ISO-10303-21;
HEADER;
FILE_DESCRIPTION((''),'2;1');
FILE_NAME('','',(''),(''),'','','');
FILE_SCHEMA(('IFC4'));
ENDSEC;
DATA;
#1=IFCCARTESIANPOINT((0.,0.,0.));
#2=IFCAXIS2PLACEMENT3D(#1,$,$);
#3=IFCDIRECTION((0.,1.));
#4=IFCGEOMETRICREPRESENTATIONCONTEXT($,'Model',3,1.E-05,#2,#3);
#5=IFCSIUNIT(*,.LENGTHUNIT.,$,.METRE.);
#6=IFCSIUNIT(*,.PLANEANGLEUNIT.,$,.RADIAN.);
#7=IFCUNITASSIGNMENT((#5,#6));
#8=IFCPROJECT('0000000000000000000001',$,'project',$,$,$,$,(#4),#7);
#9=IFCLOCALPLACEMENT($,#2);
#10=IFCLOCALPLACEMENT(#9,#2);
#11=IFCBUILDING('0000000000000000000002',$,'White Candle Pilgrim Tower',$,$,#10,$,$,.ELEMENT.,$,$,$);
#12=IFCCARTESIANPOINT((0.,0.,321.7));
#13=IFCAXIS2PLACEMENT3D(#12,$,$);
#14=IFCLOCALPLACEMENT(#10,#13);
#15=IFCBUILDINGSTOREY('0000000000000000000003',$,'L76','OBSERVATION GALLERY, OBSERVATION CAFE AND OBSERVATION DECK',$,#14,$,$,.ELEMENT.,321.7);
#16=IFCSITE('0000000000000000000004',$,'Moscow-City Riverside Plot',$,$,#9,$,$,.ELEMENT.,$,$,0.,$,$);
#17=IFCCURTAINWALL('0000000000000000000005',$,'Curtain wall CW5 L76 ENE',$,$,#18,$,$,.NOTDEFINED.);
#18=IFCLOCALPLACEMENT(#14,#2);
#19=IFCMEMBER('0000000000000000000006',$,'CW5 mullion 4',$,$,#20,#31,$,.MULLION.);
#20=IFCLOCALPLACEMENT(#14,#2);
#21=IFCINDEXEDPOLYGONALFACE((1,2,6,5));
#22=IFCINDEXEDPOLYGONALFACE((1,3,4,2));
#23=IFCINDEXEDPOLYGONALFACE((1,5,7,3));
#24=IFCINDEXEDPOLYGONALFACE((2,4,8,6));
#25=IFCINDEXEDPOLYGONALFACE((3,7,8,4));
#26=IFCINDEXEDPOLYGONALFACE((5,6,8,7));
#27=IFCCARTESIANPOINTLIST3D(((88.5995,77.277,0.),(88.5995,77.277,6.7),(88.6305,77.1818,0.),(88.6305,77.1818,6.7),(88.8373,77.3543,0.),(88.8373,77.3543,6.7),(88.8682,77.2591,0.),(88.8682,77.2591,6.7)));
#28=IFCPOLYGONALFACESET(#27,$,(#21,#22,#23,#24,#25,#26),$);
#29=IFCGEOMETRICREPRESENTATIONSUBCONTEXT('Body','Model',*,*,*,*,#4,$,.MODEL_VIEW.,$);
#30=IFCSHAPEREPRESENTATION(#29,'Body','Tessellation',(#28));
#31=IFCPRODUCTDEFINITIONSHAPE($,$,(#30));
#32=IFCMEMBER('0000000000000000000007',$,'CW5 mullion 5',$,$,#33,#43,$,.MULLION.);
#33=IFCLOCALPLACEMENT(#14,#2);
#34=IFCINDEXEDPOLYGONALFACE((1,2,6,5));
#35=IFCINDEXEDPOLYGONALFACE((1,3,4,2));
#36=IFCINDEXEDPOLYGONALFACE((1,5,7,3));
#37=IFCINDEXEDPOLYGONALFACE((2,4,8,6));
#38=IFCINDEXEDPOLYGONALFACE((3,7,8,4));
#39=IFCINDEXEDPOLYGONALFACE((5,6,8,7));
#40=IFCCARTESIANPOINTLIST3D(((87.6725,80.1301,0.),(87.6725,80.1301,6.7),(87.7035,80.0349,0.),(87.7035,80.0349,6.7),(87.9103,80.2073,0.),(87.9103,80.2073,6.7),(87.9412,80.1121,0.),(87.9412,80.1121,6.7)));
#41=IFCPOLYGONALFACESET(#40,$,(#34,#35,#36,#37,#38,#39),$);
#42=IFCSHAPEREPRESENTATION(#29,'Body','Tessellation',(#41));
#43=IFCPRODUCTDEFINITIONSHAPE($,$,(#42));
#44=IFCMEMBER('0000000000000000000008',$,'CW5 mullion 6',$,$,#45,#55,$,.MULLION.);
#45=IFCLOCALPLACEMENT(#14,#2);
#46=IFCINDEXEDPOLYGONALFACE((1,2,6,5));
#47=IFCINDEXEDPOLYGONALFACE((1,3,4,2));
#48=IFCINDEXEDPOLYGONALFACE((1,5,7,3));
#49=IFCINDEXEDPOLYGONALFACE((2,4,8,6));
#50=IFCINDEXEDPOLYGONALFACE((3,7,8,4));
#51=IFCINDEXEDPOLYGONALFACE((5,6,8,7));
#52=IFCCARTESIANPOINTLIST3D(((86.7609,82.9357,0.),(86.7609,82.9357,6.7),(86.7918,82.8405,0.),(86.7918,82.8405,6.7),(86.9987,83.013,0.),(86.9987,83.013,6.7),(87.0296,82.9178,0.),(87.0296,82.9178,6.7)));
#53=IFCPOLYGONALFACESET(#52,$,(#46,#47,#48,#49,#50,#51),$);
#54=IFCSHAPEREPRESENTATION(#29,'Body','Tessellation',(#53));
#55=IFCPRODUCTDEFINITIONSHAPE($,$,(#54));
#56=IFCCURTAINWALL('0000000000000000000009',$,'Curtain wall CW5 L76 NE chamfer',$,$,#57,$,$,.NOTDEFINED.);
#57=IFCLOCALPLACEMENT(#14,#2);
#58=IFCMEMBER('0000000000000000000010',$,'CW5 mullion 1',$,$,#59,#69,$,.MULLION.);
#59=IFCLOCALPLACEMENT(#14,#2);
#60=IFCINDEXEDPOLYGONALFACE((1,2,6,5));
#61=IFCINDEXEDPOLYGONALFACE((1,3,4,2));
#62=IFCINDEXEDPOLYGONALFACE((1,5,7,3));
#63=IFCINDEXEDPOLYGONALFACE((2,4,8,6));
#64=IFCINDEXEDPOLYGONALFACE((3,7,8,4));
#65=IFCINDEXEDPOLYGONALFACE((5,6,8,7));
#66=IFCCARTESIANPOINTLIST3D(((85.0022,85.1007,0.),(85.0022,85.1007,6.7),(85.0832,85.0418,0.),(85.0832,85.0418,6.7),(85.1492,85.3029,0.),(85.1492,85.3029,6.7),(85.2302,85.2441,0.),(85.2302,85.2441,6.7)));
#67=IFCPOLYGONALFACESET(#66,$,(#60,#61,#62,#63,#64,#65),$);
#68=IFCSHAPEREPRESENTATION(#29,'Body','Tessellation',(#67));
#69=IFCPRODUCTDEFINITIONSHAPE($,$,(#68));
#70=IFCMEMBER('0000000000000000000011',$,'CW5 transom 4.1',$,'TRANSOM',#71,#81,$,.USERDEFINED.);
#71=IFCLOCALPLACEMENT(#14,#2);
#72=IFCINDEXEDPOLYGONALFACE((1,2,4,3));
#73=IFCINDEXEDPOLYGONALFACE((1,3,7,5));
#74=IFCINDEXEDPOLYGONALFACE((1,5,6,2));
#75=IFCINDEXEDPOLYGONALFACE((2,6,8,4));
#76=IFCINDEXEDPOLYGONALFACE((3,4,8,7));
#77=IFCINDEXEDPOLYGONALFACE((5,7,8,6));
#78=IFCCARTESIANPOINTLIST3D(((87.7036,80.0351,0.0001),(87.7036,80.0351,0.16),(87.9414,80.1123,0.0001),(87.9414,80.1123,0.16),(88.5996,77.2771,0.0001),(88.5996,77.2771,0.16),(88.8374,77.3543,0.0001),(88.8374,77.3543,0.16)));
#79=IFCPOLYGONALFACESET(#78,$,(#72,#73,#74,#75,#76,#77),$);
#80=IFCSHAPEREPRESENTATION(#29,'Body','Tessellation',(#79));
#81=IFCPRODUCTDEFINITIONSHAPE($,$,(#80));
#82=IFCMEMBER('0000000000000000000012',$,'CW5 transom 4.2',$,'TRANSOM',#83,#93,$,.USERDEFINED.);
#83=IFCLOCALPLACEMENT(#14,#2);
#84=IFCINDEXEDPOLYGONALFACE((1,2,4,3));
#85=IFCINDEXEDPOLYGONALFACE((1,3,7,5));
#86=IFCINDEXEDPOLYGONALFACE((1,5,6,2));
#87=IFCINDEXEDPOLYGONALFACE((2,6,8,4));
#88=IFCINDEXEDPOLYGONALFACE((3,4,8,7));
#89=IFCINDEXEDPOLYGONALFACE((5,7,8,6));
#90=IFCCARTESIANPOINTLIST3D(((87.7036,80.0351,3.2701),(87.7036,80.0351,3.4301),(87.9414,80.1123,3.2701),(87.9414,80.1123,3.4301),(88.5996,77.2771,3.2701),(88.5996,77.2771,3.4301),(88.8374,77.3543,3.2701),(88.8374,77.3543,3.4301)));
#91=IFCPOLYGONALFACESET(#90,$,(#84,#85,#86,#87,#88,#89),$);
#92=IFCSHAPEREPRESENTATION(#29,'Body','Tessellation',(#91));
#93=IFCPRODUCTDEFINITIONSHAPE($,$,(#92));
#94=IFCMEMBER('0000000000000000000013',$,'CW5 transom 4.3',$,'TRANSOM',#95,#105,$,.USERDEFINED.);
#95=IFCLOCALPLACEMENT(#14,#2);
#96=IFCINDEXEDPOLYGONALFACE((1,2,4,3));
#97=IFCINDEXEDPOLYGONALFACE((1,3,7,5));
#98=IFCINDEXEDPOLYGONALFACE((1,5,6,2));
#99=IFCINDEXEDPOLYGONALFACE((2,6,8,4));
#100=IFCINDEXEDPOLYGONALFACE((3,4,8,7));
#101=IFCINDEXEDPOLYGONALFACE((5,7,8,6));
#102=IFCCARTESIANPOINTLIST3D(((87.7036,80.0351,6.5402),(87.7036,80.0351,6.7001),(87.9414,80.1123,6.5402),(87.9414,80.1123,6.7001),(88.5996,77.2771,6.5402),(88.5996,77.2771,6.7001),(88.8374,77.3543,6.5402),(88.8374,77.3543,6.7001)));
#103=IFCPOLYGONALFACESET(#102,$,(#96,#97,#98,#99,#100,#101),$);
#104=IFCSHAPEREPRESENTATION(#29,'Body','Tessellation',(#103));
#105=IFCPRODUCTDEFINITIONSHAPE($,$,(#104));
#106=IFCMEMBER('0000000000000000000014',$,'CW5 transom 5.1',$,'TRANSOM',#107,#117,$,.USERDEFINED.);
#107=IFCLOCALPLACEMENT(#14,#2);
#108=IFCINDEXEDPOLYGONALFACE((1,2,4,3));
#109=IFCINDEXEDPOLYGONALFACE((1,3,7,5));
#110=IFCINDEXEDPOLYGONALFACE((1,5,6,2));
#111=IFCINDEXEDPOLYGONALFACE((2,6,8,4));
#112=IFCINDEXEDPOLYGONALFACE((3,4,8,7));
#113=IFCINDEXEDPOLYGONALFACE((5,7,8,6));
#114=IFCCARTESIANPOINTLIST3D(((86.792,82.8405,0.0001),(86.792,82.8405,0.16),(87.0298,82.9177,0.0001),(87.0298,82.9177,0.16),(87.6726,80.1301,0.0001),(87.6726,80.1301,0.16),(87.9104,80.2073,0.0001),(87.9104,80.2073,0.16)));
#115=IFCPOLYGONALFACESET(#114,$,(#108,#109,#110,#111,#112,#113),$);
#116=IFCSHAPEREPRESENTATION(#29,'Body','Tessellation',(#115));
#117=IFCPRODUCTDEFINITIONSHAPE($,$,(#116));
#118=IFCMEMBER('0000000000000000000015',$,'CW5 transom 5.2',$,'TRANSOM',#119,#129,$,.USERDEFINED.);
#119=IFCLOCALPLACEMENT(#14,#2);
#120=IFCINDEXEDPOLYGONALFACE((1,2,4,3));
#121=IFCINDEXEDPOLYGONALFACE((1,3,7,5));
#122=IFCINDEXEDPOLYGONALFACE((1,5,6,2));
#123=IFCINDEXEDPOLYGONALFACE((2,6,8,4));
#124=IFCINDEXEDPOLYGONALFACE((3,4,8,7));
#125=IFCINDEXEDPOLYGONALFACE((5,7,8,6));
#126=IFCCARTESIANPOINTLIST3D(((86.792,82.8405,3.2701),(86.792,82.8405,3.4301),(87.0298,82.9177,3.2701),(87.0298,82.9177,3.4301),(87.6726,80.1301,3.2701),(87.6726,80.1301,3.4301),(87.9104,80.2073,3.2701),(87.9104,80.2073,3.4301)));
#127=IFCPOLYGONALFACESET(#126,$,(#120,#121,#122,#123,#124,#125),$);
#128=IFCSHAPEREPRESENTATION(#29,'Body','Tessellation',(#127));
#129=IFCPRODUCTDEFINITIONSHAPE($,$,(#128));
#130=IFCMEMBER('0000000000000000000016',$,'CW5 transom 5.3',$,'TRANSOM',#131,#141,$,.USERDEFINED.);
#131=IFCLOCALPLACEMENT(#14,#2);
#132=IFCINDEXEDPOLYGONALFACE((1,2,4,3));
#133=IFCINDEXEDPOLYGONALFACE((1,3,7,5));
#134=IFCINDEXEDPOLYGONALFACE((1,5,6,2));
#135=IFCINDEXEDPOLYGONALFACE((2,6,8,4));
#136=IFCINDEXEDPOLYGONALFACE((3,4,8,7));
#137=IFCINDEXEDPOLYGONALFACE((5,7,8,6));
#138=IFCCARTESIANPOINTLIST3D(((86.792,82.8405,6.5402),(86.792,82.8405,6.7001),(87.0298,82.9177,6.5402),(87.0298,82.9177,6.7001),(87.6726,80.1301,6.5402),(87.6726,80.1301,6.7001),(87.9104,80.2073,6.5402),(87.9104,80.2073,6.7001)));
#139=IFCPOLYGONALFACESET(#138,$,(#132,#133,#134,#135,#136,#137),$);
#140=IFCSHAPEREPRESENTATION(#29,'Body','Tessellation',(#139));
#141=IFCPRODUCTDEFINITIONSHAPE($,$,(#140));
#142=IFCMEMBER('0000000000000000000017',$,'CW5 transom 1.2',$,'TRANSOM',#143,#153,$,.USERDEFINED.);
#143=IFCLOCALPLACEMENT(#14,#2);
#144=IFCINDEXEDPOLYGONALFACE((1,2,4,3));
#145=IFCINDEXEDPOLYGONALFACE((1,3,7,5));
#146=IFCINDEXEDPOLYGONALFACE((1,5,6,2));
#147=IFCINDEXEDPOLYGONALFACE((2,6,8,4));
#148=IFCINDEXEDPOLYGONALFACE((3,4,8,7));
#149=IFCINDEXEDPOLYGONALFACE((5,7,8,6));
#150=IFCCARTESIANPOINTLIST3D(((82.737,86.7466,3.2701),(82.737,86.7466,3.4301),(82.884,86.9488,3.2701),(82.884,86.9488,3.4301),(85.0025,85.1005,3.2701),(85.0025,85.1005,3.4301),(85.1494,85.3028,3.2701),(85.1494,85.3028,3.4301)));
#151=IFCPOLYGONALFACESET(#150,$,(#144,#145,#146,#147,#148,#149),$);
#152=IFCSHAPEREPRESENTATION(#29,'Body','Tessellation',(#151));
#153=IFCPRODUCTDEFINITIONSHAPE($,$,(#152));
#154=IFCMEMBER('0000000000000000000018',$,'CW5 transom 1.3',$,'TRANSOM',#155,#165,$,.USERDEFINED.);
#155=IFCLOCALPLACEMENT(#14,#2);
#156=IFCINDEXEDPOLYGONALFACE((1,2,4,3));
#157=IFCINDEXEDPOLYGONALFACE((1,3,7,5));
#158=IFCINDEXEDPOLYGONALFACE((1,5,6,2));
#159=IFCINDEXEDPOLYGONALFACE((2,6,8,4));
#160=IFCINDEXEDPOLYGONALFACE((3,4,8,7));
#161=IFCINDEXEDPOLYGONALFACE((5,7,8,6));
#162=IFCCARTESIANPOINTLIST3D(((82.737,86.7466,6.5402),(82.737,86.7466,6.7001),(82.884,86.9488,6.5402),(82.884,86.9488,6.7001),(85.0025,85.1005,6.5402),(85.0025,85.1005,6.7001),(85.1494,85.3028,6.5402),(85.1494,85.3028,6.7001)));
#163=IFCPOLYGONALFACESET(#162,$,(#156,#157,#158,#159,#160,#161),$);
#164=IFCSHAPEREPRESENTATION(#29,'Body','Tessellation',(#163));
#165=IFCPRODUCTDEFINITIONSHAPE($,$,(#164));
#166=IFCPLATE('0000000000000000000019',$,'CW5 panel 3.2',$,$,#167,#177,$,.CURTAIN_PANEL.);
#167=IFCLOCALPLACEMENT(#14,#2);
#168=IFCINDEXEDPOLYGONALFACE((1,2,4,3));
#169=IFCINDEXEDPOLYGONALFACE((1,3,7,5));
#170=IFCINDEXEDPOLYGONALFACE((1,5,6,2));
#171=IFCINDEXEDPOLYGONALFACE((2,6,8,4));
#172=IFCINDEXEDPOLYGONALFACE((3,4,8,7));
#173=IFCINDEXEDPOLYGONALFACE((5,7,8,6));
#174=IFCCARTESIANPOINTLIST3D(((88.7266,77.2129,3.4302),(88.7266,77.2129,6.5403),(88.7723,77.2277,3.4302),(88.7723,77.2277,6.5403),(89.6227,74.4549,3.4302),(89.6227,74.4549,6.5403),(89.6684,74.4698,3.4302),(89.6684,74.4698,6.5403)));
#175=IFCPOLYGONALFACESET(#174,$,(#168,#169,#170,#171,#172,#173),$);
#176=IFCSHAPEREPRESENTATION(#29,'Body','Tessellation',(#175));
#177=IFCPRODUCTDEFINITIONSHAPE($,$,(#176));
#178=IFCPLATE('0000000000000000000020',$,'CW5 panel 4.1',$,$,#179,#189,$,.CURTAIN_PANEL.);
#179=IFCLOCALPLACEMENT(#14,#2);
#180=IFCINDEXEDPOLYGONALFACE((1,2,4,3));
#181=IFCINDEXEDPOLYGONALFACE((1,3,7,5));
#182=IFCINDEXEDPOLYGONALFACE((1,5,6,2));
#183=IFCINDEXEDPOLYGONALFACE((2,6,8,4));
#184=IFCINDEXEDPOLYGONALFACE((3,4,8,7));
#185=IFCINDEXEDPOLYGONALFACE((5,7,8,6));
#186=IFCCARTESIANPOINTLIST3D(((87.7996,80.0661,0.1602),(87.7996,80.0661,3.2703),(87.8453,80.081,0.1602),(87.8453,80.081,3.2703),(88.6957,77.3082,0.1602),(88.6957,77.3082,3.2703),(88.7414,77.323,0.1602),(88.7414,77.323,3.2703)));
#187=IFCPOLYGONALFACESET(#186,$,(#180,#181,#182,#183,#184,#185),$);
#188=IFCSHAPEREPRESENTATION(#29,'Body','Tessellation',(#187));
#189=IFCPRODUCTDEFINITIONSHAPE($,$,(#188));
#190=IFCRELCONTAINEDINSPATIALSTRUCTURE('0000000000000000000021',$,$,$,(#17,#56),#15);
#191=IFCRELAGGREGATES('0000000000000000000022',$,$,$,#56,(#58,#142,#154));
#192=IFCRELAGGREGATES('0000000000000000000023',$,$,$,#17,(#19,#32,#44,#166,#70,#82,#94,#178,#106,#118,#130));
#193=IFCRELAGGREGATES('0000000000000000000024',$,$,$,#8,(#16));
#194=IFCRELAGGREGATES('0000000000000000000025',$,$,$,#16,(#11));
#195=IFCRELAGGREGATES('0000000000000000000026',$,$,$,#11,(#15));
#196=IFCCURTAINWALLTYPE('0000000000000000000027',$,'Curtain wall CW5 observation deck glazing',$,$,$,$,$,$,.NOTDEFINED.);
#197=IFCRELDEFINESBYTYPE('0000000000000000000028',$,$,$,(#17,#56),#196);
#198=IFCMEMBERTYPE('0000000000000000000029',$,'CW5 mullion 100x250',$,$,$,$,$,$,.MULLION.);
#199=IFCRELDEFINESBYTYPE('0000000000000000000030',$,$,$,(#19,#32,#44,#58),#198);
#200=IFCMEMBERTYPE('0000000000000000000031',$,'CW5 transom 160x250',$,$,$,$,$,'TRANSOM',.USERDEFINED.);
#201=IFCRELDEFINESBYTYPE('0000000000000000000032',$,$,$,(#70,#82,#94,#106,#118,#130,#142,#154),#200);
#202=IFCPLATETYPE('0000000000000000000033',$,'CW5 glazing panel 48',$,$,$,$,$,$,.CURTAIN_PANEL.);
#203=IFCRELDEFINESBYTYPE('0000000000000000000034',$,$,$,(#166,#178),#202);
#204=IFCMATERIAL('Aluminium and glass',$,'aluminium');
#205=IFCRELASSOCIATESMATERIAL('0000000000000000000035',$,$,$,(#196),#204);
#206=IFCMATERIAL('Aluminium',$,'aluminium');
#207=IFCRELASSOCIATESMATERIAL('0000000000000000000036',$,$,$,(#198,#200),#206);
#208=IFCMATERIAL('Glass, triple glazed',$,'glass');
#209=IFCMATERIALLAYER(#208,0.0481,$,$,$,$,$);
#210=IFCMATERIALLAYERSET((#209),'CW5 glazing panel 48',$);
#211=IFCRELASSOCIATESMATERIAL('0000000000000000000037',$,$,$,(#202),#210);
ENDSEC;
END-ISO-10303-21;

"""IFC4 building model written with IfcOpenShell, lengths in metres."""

from ifc_helpers import new_model, si_unit, direction, frame, origin, origin_2d, place, context, subcontext, project, spatial, rectangle, extrude, material, layer, layer_set, material_profile, profile_set, type_object, element, aggregate, save


model = new_model("IFC4")

# Units and contexts
model_context = context("Model", 3, precision=1e-05, world=origin(), true_north=direction((0.0, 1.0)))
body_context = subcontext(model_context, "Body", "Model", "MODEL_VIEW")
ifc_project = project(units=[si_unit("LENGTHUNIT", "METRE"), si_unit("PLANEANGLEUNIT", "RADIAN")], contexts=[model_context])

# Site, building, storey
site_placement = place(None, origin())
site = spatial("IfcSite", under=ifc_project, at=site_placement, Name="Moscow-City Riverside Plot", CompositionType="ELEMENT", RefElevation=0.0)
building_placement = place(site_placement, origin())
building = spatial("IfcBuilding", under=site, at=building_placement, Name="White Candle Pilgrim Tower", CompositionType="ELEMENT")
storey_placement = place(building_placement, frame((0.0, 0.0, 321.7)))
storey = spatial("IfcBuildingStorey", under=building, at=storey_placement, Name="L76", Description="OBSERVATION GALLERY, OBSERVATION CAFE AND OBSERVATION DECK", CompositionType="ELEMENT", Elevation=321.7)

# Curtain wall, members
ifc_material_1 = material(Name="Aluminium and glass", Category="aluminium")
curtain_wall_type = type_object("IfcCurtainWallType", Name="Curtain wall CW5 observation deck glazing", PredefinedType="NOTDEFINED", material=ifc_material_1)
curtain_wall_1_placement = place(storey_placement, origin())
curtain_wall_1 = element("IfcCurtainWall", 1, at=curtain_wall_1_placement, inside=storey, type_object=curtain_wall_type, Name="Curtain wall CW5 L76 ENE", PredefinedType="NOTDEFINED")
ifc_material_2 = material(Name="Aluminium", Category="aluminium")
ifc_material_profile_1 = material_profile(ifc_material_2, rectangle(XDim=0.25, YDim=0.1001, at=origin_2d()), Name="CW5 mullion 100x250")
ifc_profile_set_1 = profile_set([ifc_material_profile_1], Name="Aluminium")
member_type_1 = type_object("IfcMemberType", Name="CW5 mullion 100x250", PredefinedType="MULLION", material=ifc_profile_set_1)
member_1_placement = place(storey_placement, frame((88.7339, 77.2681, 0.0), z_axis=(0.0, 0.0, 1.0), x_axis=(-0.951057, -0.309017, 0.0)))
member_1 = element("IfcMember", 2, at=member_1_placement, type_object=member_type_1, Name="CW5 mullion 4", PredefinedType="MULLION", context=body_context, shape_type="SweptSolid", body=[
    extrude(rectangle(XDim=0.25, YDim=0.1001, at=origin_2d()), origin(), (0.0, 0.0, 1.0), 6.7),
])
member_2_placement = place(storey_placement, frame((87.8069, 80.1211, 0.0), z_axis=(0.0, 0.0, 1.0), x_axis=(-0.951057, -0.309017, 0.0)))
member_2 = element("IfcMember", 3, at=member_2_placement, type_object=member_type_1, Name="CW5 mullion 5", PredefinedType="MULLION", context=body_context, shape_type="SweptSolid", body=[
    extrude(rectangle(XDim=0.25, YDim=0.1001, at=origin_2d()), origin(), (0.0, 0.0, 1.0), 6.7),
])
member_3_placement = place(storey_placement, frame((86.8953, 82.9268, 0.0), z_axis=(0.0, 0.0, 1.0), x_axis=(-0.951057, -0.309017, 0.0)))
member_3 = element("IfcMember", 4, at=member_3_placement, type_object=member_type_1, Name="CW5 mullion 6", PredefinedType="MULLION", context=body_context, shape_type="SweptSolid", body=[
    extrude(rectangle(XDim=0.25, YDim=0.1001, at=origin_2d()), origin(), (0.0, 0.0, 1.0), 6.7),
])

# Curtain wall, member
curtain_wall_2_placement = place(storey_placement, origin())
curtain_wall_2 = element("IfcCurtainWall", 5, at=curtain_wall_2_placement, inside=storey, type_object=curtain_wall_type, Name="Curtain wall CW5 L76 NE chamfer", PredefinedType="NOTDEFINED")
member_4_placement = place(storey_placement, frame((85.1162, 85.1724, 0.0), z_axis=(0.0, 0.0, 1.0), x_axis=(-0.587785, -0.809017, 0.0)))
member_4 = element("IfcMember", 6, at=member_4_placement, type_object=member_type_1, Name="CW5 mullion 1", PredefinedType="MULLION", context=body_context, shape_type="SweptSolid", body=[
    extrude(rectangle(XDim=0.25, YDim=0.1001, at=origin_2d()), origin(), (0.0, 0.0, 1.0), 6.7),
])

# Members
ifc_material_profile_2 = material_profile(ifc_material_2, rectangle(XDim=0.25, YDim=0.1599, at=origin_2d()), Name="CW5 transom 160x250")
ifc_profile_set_2 = profile_set([ifc_material_profile_2], Name="Aluminium")
member_type_2 = type_object("IfcMemberType", Name="CW5 transom 160x250", ElementType="TRANSOM", PredefinedType="USERDEFINED", material=ifc_profile_set_2)
member_5_placement = place(storey_placement, frame((88.7185, 77.3157, 0.0801), z_axis=(-0.30897, 0.951072, 0.0), x_axis=(-0.951072, -0.30897, 0.0)))
member_5 = element("IfcMember", 7, at=member_5_placement, type_object=member_type_2, Name="CW5 transom 4.1", ObjectType="TRANSOM", PredefinedType="USERDEFINED", context=body_context, shape_type="SweptSolid", body=[
    extrude(rectangle(XDim=0.25, YDim=0.1599, at=origin_2d()), origin(), (0.0, 0.0, 1.0), 2.8999),
])
member_6_placement = place(storey_placement, frame((88.7185, 77.3157, 3.3501), z_axis=(-0.30897, 0.951072, 0.0), x_axis=(-0.951072, -0.30897, 0.0)))
member_6 = element("IfcMember", 8, at=member_6_placement, type_object=member_type_2, Name="CW5 transom 4.2", ObjectType="TRANSOM", PredefinedType="USERDEFINED", context=body_context, shape_type="SweptSolid", body=[
    extrude(rectangle(XDim=0.25, YDim=0.1599, at=origin_2d()), origin(), (0.0, 0.0, 1.0), 2.8999),
])
member_7_placement = place(storey_placement, frame((88.7185, 77.3157, 6.6201), z_axis=(-0.30897, 0.951072, 0.0), x_axis=(-0.951072, -0.30897, 0.0)))
member_7 = element("IfcMember", 9, at=member_7_placement, type_object=member_type_2, Name="CW5 transom 4.3", ObjectType="TRANSOM", PredefinedType="USERDEFINED", context=body_context, shape_type="SweptSolid", body=[
    extrude(rectangle(XDim=0.25, YDim=0.1599, at=origin_2d()), origin(), (0.0, 0.0, 1.0), 2.8999),
])
member_8_placement = place(storey_placement, frame((87.7915, 80.1687, 0.0801), z_axis=(-0.308997, 0.951063, 0.0), x_axis=(-0.951063, -0.308997, 0.0)))
member_8 = element("IfcMember", 10, at=member_8_placement, type_object=member_type_2, Name="CW5 transom 5.1", ObjectType="TRANSOM", PredefinedType="USERDEFINED", context=body_context, shape_type="SweptSolid", body=[
    extrude(rectangle(XDim=0.25, YDim=0.1599, at=origin_2d()), origin(), (0.0, 0.0, 1.0), 2.8499),
])
member_9_placement = place(storey_placement, frame((87.7915, 80.1687, 3.3501), z_axis=(-0.308997, 0.951063, 0.0), x_axis=(-0.951063, -0.308997, 0.0)))
member_9 = element("IfcMember", 11, at=member_9_placement, type_object=member_type_2, Name="CW5 transom 5.2", ObjectType="TRANSOM", PredefinedType="USERDEFINED", context=body_context, shape_type="SweptSolid", body=[
    extrude(rectangle(XDim=0.25, YDim=0.1599, at=origin_2d()), origin(), (0.0, 0.0, 1.0), 2.8499),
])
member_10_placement = place(storey_placement, frame((87.7915, 80.1687, 6.6201), z_axis=(-0.308997, 0.951063, 0.0), x_axis=(-0.951063, -0.308997, 0.0)))
member_10 = element("IfcMember", 12, at=member_10_placement, type_object=member_type_2, Name="CW5 transom 5.3", ObjectType="TRANSOM", PredefinedType="USERDEFINED", context=body_context, shape_type="SweptSolid", body=[
    extrude(rectangle(XDim=0.25, YDim=0.1599, at=origin_2d()), origin(), (0.0, 0.0, 1.0), 2.8499),
])
member_11_placement = place(storey_placement, frame((85.0759, 85.2017, 3.3501), z_axis=(-0.809, 0.587809, 0.0), x_axis=(-0.587809, -0.809, 0.0)))
member_11 = element("IfcMember", 13, at=member_11_placement, type_object=member_type_2, Name="CW5 transom 1.2", ObjectType="TRANSOM", PredefinedType="USERDEFINED", context=body_context, shape_type="SweptSolid", body=[
    extrude(rectangle(XDim=0.25, YDim=0.1599, at=origin_2d()), origin(), (0.0, 0.0, 1.0), 2.8003),
])
member_12_placement = place(storey_placement, frame((85.0759, 85.2017, 6.6201), z_axis=(-0.809, 0.587809, 0.0), x_axis=(-0.587809, -0.809, 0.0)))
member_12 = element("IfcMember", 14, at=member_12_placement, type_object=member_type_2, Name="CW5 transom 1.3", ObjectType="TRANSOM", PredefinedType="USERDEFINED", context=body_context, shape_type="SweptSolid", body=[
    extrude(rectangle(XDim=0.25, YDim=0.1599, at=origin_2d()), origin(), (0.0, 0.0, 1.0), 2.8003),
])
aggregate(curtain_wall_2, [member_4, member_11, member_12])

# Plates
ifc_material_3 = material(Name="Glass, triple glazed", Category="glass")
ifc_layer_1 = layer(ifc_material_3, 0.0481)
ifc_layer_set_1 = layer_set([ifc_layer_1], Name="CW5 glazing panel 48")
plate_type = type_object("IfcPlateType", Name="CW5 glazing panel 48", PredefinedType="CURTAIN_PANEL", material=ifc_layer_set_1)
plate_1_placement = place(storey_placement, frame((89.1975, 75.8413, 3.4302), z_axis=(0.0, 0.0, 1.0), x_axis=(-0.309017, 0.951057, 0.0)))
plate_1 = element("IfcPlate", 15, at=plate_1_placement, type_object=plate_type, Name="CW5 panel 3.2", PredefinedType="CURTAIN_PANEL", context=body_context, shape_type="SweptSolid", body=[
    extrude(rectangle(XDim=2.8999, YDim=0.0481, at=origin_2d()), origin(), (0.0, 0.0, 1.0), 3.1101),
])
plate_2_placement = place(storey_placement, frame((88.2705, 78.6946, 0.1602), z_axis=(0.0, 0.0, 1.0), x_axis=(-0.309017, 0.951057, 0.0)))
plate_2 = element("IfcPlate", 16, at=plate_2_placement, type_object=plate_type, Name="CW5 panel 4.1", PredefinedType="CURTAIN_PANEL", context=body_context, shape_type="SweptSolid", body=[
    extrude(rectangle(XDim=2.8999, YDim=0.0481, at=origin_2d()), origin(), (0.0, 0.0, 1.0), 3.1101),
])
aggregate(curtain_wall_1, [member_1, member_2, member_3, plate_1, member_5, member_6, member_7, plate_2, member_8, member_9, member_10])

save(model, "model.ifc")
